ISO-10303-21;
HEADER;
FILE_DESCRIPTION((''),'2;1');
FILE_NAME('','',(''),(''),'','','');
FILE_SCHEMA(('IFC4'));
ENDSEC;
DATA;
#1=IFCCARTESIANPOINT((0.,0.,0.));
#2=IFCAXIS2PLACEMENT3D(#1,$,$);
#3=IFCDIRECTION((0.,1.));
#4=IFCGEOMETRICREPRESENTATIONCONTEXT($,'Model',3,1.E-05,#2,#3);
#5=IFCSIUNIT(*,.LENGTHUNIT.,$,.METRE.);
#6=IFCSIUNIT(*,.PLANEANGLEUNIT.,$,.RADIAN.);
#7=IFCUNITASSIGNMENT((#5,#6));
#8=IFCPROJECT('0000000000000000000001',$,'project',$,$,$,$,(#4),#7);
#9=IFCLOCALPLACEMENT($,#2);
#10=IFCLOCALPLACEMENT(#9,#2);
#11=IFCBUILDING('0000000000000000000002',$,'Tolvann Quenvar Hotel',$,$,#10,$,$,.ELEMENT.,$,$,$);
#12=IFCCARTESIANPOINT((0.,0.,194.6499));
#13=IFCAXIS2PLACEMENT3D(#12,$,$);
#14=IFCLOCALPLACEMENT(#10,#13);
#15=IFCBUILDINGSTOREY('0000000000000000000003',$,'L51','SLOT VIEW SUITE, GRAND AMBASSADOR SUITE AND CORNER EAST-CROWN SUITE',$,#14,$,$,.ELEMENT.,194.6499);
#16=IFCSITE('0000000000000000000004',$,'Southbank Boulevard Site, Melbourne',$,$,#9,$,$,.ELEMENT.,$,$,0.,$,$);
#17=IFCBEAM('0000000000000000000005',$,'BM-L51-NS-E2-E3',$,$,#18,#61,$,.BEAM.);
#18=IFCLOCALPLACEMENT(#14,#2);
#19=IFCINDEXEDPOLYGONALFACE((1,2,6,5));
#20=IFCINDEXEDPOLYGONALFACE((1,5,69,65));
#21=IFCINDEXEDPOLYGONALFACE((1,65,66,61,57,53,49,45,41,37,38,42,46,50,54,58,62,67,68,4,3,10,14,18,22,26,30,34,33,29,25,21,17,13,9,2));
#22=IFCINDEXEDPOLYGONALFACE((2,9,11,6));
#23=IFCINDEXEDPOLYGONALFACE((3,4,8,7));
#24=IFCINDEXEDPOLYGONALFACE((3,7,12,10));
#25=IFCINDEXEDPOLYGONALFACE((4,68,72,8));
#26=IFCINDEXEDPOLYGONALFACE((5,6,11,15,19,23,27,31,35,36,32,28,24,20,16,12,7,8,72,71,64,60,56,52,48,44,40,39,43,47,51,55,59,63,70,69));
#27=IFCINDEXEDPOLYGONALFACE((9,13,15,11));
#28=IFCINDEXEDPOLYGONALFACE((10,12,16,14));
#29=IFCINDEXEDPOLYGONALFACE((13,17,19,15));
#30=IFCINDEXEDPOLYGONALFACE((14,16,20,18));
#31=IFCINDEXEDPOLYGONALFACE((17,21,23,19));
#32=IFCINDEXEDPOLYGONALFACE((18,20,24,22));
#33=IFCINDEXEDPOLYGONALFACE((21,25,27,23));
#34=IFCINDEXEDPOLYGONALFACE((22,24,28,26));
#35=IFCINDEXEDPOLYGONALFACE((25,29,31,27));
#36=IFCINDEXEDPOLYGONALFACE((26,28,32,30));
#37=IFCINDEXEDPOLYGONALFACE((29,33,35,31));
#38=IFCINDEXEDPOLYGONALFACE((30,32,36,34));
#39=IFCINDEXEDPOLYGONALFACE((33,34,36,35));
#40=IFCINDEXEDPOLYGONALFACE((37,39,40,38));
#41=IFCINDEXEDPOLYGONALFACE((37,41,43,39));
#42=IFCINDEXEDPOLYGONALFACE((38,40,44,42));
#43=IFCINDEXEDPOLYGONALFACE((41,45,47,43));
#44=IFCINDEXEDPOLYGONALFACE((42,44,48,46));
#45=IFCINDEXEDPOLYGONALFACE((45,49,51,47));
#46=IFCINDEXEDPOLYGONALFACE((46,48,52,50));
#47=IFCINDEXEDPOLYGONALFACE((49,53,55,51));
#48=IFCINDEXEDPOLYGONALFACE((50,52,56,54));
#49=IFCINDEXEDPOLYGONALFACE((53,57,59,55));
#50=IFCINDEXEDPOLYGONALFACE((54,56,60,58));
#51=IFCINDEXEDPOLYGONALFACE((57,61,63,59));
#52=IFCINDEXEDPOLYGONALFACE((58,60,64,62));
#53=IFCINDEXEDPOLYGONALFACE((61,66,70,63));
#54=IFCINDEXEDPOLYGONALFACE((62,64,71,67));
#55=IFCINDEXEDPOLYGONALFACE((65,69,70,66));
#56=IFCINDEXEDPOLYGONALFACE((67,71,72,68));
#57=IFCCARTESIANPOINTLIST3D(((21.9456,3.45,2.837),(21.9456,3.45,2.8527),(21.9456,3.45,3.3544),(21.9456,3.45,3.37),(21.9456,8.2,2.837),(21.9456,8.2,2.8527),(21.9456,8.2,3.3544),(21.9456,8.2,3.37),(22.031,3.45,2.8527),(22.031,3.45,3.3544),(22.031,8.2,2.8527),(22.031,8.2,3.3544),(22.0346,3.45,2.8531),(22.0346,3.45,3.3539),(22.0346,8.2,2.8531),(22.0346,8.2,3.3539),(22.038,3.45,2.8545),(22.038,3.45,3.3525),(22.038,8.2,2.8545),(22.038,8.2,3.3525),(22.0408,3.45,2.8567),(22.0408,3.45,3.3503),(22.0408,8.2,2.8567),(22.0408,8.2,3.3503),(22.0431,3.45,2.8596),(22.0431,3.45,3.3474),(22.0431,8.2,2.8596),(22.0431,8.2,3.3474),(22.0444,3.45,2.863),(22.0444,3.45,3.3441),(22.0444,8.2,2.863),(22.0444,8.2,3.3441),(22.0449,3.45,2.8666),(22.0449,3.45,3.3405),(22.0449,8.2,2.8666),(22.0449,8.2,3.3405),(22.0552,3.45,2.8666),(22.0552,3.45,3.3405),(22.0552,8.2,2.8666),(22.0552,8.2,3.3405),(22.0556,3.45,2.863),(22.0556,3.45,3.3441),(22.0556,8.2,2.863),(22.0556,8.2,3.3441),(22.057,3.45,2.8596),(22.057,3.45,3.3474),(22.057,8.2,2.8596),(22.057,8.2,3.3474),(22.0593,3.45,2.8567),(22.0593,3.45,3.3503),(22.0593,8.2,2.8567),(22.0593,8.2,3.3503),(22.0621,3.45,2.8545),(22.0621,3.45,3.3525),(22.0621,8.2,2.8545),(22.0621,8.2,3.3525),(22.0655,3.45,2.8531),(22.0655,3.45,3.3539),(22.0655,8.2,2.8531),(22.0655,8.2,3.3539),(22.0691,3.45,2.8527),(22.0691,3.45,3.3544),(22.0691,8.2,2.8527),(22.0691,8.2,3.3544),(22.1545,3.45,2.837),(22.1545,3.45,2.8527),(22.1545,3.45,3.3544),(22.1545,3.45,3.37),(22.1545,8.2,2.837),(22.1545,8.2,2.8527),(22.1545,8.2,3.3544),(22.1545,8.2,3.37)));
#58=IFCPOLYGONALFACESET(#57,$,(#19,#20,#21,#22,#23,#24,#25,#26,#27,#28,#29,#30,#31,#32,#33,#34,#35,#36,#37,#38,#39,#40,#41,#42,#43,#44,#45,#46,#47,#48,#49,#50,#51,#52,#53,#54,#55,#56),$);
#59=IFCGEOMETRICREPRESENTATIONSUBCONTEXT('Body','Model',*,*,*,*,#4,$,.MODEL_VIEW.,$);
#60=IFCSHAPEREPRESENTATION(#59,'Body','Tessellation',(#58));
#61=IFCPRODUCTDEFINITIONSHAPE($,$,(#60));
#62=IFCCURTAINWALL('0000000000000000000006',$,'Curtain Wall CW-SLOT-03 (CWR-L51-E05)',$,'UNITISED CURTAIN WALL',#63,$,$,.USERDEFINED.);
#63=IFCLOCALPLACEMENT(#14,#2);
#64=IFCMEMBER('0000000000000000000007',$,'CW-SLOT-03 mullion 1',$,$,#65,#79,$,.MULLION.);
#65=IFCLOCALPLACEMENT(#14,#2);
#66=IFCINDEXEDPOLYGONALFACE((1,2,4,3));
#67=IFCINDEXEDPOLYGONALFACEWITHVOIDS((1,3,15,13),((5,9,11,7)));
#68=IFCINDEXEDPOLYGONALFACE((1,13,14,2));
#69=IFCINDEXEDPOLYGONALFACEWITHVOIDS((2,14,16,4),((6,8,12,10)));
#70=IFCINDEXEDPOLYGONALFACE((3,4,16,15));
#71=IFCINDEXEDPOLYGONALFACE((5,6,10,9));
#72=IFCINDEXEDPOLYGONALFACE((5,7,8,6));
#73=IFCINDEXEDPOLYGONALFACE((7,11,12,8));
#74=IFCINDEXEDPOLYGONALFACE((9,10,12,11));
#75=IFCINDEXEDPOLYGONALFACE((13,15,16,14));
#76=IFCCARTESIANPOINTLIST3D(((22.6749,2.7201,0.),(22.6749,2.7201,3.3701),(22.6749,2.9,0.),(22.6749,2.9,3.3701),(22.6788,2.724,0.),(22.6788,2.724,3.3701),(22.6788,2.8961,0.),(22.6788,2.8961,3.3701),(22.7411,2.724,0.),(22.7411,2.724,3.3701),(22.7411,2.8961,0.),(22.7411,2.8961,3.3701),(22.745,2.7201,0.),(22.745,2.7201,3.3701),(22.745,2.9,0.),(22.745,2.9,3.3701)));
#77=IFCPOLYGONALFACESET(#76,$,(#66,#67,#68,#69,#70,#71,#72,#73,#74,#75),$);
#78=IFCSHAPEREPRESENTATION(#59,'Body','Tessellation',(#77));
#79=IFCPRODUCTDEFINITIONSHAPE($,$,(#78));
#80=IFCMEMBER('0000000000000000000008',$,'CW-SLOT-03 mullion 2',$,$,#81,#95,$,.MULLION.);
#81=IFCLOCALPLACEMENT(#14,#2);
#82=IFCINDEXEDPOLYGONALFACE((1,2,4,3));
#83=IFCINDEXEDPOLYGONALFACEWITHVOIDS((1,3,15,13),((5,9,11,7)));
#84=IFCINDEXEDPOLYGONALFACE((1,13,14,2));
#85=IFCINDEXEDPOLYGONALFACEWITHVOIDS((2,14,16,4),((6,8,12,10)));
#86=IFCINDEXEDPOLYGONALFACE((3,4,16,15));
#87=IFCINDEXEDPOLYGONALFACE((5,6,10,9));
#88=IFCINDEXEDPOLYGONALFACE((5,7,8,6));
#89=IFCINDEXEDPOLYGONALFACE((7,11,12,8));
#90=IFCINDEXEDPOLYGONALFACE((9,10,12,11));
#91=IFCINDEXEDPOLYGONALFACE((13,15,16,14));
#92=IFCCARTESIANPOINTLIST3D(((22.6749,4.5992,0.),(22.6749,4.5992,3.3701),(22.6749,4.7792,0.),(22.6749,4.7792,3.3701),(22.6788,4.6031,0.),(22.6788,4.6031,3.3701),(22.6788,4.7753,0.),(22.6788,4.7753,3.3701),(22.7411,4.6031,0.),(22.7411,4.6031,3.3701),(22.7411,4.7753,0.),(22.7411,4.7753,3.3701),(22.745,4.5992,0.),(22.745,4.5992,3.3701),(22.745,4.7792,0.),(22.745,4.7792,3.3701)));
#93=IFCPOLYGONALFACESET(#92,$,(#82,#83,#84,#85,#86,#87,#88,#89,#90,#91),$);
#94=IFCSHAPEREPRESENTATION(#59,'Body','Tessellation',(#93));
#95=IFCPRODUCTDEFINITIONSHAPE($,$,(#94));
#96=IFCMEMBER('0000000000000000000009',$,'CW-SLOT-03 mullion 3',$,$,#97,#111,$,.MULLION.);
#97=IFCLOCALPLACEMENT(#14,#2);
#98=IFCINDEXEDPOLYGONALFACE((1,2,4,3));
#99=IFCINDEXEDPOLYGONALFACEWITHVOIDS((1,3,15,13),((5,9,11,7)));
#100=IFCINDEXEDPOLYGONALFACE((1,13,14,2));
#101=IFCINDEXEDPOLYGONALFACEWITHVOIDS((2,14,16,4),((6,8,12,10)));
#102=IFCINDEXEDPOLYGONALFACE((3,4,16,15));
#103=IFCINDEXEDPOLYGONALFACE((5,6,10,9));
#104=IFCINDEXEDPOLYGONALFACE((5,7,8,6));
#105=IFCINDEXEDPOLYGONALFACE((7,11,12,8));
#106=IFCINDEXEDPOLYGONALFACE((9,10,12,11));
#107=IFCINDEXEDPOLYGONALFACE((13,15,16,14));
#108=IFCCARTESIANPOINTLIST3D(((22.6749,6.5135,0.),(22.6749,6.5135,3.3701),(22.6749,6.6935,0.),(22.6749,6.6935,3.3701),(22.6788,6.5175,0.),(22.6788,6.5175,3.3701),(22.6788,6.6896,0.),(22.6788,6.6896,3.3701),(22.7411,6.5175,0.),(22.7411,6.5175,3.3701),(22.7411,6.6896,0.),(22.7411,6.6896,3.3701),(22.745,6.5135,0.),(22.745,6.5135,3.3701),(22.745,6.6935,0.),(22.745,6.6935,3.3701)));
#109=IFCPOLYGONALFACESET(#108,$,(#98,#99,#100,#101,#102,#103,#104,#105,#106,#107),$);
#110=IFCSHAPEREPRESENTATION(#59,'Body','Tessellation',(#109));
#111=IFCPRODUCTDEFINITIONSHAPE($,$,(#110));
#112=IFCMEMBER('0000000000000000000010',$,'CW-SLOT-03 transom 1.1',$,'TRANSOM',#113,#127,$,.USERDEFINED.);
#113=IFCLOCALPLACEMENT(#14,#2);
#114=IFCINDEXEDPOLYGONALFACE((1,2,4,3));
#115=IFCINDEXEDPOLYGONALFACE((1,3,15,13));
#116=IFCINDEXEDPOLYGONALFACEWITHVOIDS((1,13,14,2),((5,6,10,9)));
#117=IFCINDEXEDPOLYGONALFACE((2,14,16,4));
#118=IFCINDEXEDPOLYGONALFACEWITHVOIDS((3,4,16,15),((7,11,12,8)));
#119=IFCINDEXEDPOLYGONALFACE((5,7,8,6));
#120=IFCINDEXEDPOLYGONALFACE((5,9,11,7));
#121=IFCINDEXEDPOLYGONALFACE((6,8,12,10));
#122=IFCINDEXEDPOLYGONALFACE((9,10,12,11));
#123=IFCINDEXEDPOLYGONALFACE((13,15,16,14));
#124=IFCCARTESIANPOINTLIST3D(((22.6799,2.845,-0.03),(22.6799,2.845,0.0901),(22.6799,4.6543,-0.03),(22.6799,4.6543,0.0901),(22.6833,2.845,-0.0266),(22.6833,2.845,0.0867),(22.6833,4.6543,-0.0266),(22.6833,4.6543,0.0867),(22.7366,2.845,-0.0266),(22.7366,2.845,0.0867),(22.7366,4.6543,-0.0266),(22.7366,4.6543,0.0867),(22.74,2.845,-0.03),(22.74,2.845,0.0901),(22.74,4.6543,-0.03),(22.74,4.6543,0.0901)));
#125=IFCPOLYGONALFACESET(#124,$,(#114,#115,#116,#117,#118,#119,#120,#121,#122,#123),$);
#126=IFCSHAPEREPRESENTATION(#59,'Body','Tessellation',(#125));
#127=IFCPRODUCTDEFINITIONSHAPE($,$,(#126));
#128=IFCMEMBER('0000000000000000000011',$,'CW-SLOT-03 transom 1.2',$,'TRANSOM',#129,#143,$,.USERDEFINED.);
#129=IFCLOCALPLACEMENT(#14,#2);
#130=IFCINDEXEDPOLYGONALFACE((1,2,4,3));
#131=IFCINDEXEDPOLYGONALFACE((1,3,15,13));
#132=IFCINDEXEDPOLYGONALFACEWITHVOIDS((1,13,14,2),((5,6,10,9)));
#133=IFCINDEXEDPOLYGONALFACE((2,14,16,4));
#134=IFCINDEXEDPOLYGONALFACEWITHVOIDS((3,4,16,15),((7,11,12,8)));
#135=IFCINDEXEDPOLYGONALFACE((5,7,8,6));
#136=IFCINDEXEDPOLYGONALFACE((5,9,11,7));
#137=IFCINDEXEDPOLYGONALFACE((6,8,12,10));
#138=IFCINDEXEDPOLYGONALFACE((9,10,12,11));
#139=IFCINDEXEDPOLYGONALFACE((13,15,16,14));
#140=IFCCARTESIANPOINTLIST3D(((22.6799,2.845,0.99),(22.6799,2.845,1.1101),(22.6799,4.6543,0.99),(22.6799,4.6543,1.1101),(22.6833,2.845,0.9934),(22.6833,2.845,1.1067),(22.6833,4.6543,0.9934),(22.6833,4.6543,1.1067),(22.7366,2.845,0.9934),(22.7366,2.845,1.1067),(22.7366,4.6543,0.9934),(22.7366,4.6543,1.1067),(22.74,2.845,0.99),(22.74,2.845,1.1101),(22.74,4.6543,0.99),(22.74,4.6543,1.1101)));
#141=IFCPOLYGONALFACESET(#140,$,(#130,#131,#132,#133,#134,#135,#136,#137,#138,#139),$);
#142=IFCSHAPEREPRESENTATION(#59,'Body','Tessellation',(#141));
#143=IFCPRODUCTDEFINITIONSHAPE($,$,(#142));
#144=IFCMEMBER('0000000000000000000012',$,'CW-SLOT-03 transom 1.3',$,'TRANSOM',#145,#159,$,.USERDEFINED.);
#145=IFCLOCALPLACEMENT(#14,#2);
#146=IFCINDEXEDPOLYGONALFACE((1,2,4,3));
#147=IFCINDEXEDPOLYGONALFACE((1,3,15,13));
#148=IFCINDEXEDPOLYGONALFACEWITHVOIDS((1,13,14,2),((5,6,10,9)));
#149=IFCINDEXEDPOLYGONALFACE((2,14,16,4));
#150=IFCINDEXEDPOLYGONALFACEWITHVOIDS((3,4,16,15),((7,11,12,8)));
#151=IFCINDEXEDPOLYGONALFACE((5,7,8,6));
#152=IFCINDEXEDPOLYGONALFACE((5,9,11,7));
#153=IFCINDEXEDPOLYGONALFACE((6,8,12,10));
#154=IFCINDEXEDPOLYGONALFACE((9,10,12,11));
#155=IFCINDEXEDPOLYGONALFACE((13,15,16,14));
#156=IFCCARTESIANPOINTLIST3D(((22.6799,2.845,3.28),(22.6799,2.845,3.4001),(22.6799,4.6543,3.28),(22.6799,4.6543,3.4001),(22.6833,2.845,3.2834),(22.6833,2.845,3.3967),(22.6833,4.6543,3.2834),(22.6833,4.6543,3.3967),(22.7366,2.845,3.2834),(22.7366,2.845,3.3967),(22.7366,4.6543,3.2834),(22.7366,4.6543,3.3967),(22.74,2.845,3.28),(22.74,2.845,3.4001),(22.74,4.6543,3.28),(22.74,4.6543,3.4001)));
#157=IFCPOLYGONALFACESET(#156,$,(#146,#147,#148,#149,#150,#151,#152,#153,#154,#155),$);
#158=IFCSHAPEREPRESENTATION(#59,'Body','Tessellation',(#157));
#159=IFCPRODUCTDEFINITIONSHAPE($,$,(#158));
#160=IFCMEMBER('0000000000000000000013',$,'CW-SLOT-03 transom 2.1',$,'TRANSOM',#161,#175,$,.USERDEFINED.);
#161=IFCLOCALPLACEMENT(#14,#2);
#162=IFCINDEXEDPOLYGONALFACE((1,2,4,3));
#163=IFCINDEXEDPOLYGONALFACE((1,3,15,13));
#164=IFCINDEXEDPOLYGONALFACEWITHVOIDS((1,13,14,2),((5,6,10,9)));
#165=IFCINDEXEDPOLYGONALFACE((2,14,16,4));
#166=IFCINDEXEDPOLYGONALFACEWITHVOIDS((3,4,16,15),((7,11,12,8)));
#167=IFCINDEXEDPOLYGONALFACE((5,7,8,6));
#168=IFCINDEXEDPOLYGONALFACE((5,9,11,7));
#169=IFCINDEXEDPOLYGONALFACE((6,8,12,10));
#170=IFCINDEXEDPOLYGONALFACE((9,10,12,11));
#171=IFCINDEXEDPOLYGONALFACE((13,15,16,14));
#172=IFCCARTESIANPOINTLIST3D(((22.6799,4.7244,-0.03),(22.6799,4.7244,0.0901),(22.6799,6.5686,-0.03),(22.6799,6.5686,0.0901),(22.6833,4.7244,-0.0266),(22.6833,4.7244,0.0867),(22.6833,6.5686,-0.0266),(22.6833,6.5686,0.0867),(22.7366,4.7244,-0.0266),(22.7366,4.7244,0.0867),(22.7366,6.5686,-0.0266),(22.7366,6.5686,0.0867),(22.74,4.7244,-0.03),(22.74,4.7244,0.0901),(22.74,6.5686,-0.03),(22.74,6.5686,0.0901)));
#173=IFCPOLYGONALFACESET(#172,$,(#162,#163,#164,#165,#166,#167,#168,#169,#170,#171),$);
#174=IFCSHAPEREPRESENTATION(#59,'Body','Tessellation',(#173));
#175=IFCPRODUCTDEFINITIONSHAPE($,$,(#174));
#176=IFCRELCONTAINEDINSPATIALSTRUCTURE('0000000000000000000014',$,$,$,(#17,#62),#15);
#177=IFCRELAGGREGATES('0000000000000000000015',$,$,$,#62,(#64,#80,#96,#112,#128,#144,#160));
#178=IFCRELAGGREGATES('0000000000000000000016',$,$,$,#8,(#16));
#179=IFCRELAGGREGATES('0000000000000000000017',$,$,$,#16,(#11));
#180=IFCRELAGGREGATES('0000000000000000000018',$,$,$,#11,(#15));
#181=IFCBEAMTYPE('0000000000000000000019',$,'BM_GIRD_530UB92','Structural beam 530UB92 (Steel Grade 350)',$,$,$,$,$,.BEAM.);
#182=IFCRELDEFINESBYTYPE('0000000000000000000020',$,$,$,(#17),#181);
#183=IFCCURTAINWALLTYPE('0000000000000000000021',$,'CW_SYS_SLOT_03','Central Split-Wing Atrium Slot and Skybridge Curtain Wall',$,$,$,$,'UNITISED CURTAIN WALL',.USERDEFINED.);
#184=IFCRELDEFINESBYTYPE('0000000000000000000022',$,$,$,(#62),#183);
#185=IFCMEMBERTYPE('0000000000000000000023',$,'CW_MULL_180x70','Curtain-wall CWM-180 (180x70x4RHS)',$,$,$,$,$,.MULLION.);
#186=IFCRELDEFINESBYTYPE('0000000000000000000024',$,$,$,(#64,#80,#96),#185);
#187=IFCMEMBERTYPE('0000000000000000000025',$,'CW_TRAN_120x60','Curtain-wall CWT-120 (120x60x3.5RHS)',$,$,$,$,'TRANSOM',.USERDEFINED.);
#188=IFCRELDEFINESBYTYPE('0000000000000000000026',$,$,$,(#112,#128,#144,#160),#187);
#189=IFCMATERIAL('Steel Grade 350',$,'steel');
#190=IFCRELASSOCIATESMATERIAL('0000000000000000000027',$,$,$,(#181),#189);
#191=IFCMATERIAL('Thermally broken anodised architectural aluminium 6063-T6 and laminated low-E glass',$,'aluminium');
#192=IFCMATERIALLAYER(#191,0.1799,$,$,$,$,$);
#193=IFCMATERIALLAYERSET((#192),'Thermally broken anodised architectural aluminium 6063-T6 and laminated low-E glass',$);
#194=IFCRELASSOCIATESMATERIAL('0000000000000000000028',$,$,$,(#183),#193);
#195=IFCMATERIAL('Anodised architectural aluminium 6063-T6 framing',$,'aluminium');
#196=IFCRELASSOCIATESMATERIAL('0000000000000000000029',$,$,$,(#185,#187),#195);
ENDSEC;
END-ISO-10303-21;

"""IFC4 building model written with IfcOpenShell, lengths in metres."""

from ifc_helpers import new_model, si_unit, direction, frame, origin, origin_2d, place, context, subcontext, project, spatial, hollow_rectangle, i_section, extrude, source, transform, mapped, material, layer, layer_set, material_profile, profile_set, type_object, type_shapes, element, aggregate, save


model = new_model("IFC4")

# Units and contexts
model_context = context("Model", 3, precision=1e-05, world=origin(), true_north=direction((0.0, 1.0)))
body_context = subcontext(model_context, "Body", "Model", "MODEL_VIEW")
ifc_project = project(units=[si_unit("LENGTHUNIT", "METRE"), si_unit("PLANEANGLEUNIT", "RADIAN")], contexts=[model_context])

# Site, building, storey
site_placement = place(None, origin())
site = spatial("IfcSite", under=ifc_project, at=site_placement, Name="Southbank Boulevard Site, Melbourne", CompositionType="ELEMENT", RefElevation=0.0)
building_placement = place(site_placement, origin())
building = spatial("IfcBuilding", under=site, at=building_placement, Name="Tolvann Quenvar Hotel", CompositionType="ELEMENT")
storey_placement = place(building_placement, frame((0.0, 0.0, 194.6499)))
storey = spatial("IfcBuildingStorey", under=building, at=storey_placement, Name="L51", Description="SLOT VIEW SUITE, GRAND AMBASSADOR SUITE AND CORNER EAST-CROWN SUITE", CompositionType="ELEMENT", Elevation=194.6499)

# Shared definitions
ifc_material_1 = material(Name="Steel Grade 350", Category="steel")

# Beam
ifc_material_profile_1 = material_profile(ifc_material_1, i_section(OverallWidth=0.209, OverallDepth=0.533, WebThickness=0.0103, FlangeThickness=0.0156, FilletRadius=0.0139, at=origin_2d()), Name="530UB92")
ifc_profile_set_1 = profile_set([ifc_material_profile_1], Name="Steel Grade 350")
beam_type_1 = type_object("IfcBeamType", Name="BM_GIRD_530UB92", Description="Structural beam 530UB92 (Steel Grade 350)", PredefinedType="BEAM", material=ifc_profile_set_1)
shared_shape_1 = source(origin(), body_context, "Body", "SweptSolid", [
    extrude(i_section(OverallWidth=0.209, OverallDepth=0.533, WebThickness=0.0103, FlangeThickness=0.0156, FilletRadius=0.0139, at=origin_2d()), origin(), (0.0, 0.0, 1.0), 4.75),
])
type_shapes(beam_type_1, [shared_shape_1])
for number, where, z_axis, x_axis, name in (
    (1, (22.05, 3.45, 3.1035), (0.0, 1.0, 0.0), (-1.0, 0.0, 0.0), "BM-L51-NS-E2-E3"),
):
    element("IfcBeam", number, at=place(storey_placement, frame(where, z_axis=z_axis, x_axis=x_axis)), inside=storey, type_object=beam_type_1, Name=name, PredefinedType="BEAM", context=body_context, shape_type="MappedRepresentation", body=[
        mapped(shared_shape_1, transform((0.0, 0.0, 0.0), x_axis=(1.0, 0.0, 0.0), y_axis=(0.0, 1.0, 0.0), z_axis=(0.0, 0.0, 1.0), scale=1.0)),
    ])

# Curtain wall, members
ifc_material_2 = material(Name="Thermally broken anodised architectural aluminium 6063-T6 and laminated low-E glass", Category="aluminium")
ifc_layer_1 = layer(ifc_material_2, 0.1799)
ifc_layer_set_1 = layer_set([ifc_layer_1], Name="Thermally broken anodised architectural aluminium 6063-T6 and laminated low-E glass")
curtain_wall_type = type_object("IfcCurtainWallType", Name="CW_SYS_SLOT_03", Description="Central Split-Wing Atrium Slot and Skybridge Curtain Wall", ElementType="UNITISED CURTAIN WALL", PredefinedType="USERDEFINED", material=ifc_layer_set_1)
curtain_wall_placement = place(storey_placement, origin())
curtain_wall = element("IfcCurtainWall", 2, at=curtain_wall_placement, inside=storey, type_object=curtain_wall_type, Name="Curtain Wall CW-SLOT-03 (CWR-L51-E05)", ObjectType="UNITISED CURTAIN WALL", PredefinedType="USERDEFINED")
ifc_material_3 = material(Name="Anodised architectural aluminium 6063-T6 framing", Category="aluminium")
ifc_material_profile_2 = material_profile(ifc_material_3, hollow_rectangle(XDim=0.0701, YDim=0.1799, WallThickness=0.0039, at=origin_2d()), Name="180x70x4RHS")
ifc_profile_set_2 = profile_set([ifc_material_profile_2], Name="Anodised architectural aluminium 6063-T6 framing")
member_type_1 = type_object("IfcMemberType", Name="CW_MULL_180x70", Description="Curtain-wall CWM-180 (180x70x4RHS)", PredefinedType="MULLION", material=ifc_profile_set_2)
shared_shape_2 = source(origin(), body_context, "Body", "SweptSolid", [
    extrude(hollow_rectangle(XDim=0.0701, YDim=0.1799, WallThickness=0.0039, at=origin_2d()), origin(), (0.0, 0.0, 1.0), 3.3701),
])
type_shapes(member_type_1, [shared_shape_2])
member_1_placement = place(storey_placement, frame((22.71, 2.8101, 0.0), z_axis=(0.0, 0.0, 1.0), x_axis=(-1.0, 0.0, 0.0)))
member_1 = element("IfcMember", 3, at=member_1_placement, type_object=member_type_1, Name="CW-SLOT-03 mullion 1", PredefinedType="MULLION", context=body_context, shape_type="MappedRepresentation", body=[
    mapped(shared_shape_2, transform((0.0, 0.0, 0.0), x_axis=(1.0, 0.0, 0.0), y_axis=(0.0, 1.0, 0.0), z_axis=(0.0, 0.0, 1.0), scale=1.0)),
])
member_2_placement = place(storey_placement, frame((22.71, 4.6892, 0.0), z_axis=(0.0, 0.0, 1.0), x_axis=(-1.0, 0.0, 0.0)))
member_2 = element("IfcMember", 4, at=member_2_placement, type_object=member_type_1, Name="CW-SLOT-03 mullion 2", PredefinedType="MULLION", context=body_context, shape_type="MappedRepresentation", body=[
    mapped(shared_shape_2, transform((0.0, 0.0, 0.0), x_axis=(1.0, 0.0, 0.0), y_axis=(0.0, 1.0, 0.0), z_axis=(0.0, 0.0, 1.0), scale=1.0)),
])
member_3_placement = place(storey_placement, frame((22.71, 6.6035, 0.0), z_axis=(0.0, 0.0, 1.0), x_axis=(-1.0, 0.0, 0.0)))
member_3 = element("IfcMember", 5, at=member_3_placement, type_object=member_type_1, Name="CW-SLOT-03 mullion 3", PredefinedType="MULLION", context=body_context, shape_type="MappedRepresentation", body=[
    mapped(shared_shape_2, transform((0.0, 0.0, 0.0), x_axis=(1.0, 0.0, 0.0), y_axis=(0.0, 1.0, 0.0), z_axis=(0.0, 0.0, 1.0), scale=1.0)),
])
ifc_material_profile_3 = material_profile(ifc_material_3, hollow_rectangle(XDim=0.0601, YDim=0.1201, WallThickness=0.0034, at=origin_2d()), Name="120x60x3.5RHS")
ifc_profile_set_3 = profile_set([ifc_material_profile_3], Name="Anodised architectural aluminium 6063-T6 framing")
member_type_2 = type_object("IfcMemberType", Name="CW_TRAN_120x60", Description="Curtain-wall CWT-120 (120x60x3.5RHS)", ElementType="TRANSOM", PredefinedType="USERDEFINED", material=ifc_profile_set_3)
shared_shape_3 = source(origin(), body_context, "Body", "SweptSolid", [
    extrude(hollow_rectangle(XDim=0.0601, YDim=0.1201, WallThickness=0.0034, at=origin_2d()), origin(), (0.0, 0.0, 1.0), 1.8093),
])
member_4_placement = place(storey_placement, frame((22.71, 2.845, 0.03), z_axis=(0.0, 1.0, 0.0), x_axis=(-1.0, 0.0, 0.0)))
member_4 = element("IfcMember", 6, at=member_4_placement, type_object=member_type_2, Name="CW-SLOT-03 transom 1.1", ObjectType="TRANSOM", PredefinedType="USERDEFINED", context=body_context, shape_type="MappedRepresentation", body=[
    mapped(shared_shape_3, transform((0.0, 0.0, 0.0), x_axis=(1.0, 0.0, 0.0), y_axis=(0.0, 1.0, 0.0), z_axis=(0.0, 0.0, 1.0), scale=1.0)),
])
member_5_placement = place(storey_placement, frame((22.71, 2.845, 1.05), z_axis=(0.0, 1.0, 0.0), x_axis=(-1.0, 0.0, 0.0)))
member_5 = element("IfcMember", 7, at=member_5_placement, type_object=member_type_2, Name="CW-SLOT-03 transom 1.2", ObjectType="TRANSOM", PredefinedType="USERDEFINED", context=body_context, shape_type="MappedRepresentation", body=[
    mapped(shared_shape_3, transform((0.0, 0.0, 0.0), x_axis=(1.0, 0.0, 0.0), y_axis=(0.0, 1.0, 0.0), z_axis=(0.0, 0.0, 1.0), scale=1.0)),
])
member_6_placement = place(storey_placement, frame((22.71, 2.845, 3.3401), z_axis=(0.0, 1.0, 0.0), x_axis=(-1.0, 0.0, 0.0)))
member_6 = element("IfcMember", 8, at=member_6_placement, type_object=member_type_2, Name="CW-SLOT-03 transom 1.3", ObjectType="TRANSOM", PredefinedType="USERDEFINED", context=body_context, shape_type="MappedRepresentation", body=[
    mapped(shared_shape_3, transform((0.0, 0.0, 0.0), x_axis=(1.0, 0.0, 0.0), y_axis=(0.0, 1.0, 0.0), z_axis=(0.0, 0.0, 1.0), scale=1.0)),
])
shared_shape_4 = source(origin(), body_context, "Body", "SweptSolid", [
    extrude(hollow_rectangle(XDim=0.0601, YDim=0.1201, WallThickness=0.0034, at=origin_2d()), origin(), (0.0, 0.0, 1.0), 1.8442),
])
type_shapes(member_type_2, [shared_shape_3, shared_shape_4])
member_7_placement = place(storey_placement, frame((22.71, 4.7244, 0.03), z_axis=(0.0, 1.0, 0.0), x_axis=(-1.0, 0.0, 0.0)))
member_7 = element("IfcMember", 9, at=member_7_placement, type_object=member_type_2, Name="CW-SLOT-03 transom 2.1", ObjectType="TRANSOM", PredefinedType="USERDEFINED", context=body_context, shape_type="MappedRepresentation", body=[
    mapped(shared_shape_4, transform((0.0, 0.0, 0.0), x_axis=(1.0, 0.0, 0.0), y_axis=(0.0, 1.0, 0.0), z_axis=(0.0, 0.0, 1.0), scale=1.0)),
])
aggregate(curtain_wall, [member_1, member_2, member_3, member_4, member_5, member_6, member_7])

save(model, "model.ifc")
